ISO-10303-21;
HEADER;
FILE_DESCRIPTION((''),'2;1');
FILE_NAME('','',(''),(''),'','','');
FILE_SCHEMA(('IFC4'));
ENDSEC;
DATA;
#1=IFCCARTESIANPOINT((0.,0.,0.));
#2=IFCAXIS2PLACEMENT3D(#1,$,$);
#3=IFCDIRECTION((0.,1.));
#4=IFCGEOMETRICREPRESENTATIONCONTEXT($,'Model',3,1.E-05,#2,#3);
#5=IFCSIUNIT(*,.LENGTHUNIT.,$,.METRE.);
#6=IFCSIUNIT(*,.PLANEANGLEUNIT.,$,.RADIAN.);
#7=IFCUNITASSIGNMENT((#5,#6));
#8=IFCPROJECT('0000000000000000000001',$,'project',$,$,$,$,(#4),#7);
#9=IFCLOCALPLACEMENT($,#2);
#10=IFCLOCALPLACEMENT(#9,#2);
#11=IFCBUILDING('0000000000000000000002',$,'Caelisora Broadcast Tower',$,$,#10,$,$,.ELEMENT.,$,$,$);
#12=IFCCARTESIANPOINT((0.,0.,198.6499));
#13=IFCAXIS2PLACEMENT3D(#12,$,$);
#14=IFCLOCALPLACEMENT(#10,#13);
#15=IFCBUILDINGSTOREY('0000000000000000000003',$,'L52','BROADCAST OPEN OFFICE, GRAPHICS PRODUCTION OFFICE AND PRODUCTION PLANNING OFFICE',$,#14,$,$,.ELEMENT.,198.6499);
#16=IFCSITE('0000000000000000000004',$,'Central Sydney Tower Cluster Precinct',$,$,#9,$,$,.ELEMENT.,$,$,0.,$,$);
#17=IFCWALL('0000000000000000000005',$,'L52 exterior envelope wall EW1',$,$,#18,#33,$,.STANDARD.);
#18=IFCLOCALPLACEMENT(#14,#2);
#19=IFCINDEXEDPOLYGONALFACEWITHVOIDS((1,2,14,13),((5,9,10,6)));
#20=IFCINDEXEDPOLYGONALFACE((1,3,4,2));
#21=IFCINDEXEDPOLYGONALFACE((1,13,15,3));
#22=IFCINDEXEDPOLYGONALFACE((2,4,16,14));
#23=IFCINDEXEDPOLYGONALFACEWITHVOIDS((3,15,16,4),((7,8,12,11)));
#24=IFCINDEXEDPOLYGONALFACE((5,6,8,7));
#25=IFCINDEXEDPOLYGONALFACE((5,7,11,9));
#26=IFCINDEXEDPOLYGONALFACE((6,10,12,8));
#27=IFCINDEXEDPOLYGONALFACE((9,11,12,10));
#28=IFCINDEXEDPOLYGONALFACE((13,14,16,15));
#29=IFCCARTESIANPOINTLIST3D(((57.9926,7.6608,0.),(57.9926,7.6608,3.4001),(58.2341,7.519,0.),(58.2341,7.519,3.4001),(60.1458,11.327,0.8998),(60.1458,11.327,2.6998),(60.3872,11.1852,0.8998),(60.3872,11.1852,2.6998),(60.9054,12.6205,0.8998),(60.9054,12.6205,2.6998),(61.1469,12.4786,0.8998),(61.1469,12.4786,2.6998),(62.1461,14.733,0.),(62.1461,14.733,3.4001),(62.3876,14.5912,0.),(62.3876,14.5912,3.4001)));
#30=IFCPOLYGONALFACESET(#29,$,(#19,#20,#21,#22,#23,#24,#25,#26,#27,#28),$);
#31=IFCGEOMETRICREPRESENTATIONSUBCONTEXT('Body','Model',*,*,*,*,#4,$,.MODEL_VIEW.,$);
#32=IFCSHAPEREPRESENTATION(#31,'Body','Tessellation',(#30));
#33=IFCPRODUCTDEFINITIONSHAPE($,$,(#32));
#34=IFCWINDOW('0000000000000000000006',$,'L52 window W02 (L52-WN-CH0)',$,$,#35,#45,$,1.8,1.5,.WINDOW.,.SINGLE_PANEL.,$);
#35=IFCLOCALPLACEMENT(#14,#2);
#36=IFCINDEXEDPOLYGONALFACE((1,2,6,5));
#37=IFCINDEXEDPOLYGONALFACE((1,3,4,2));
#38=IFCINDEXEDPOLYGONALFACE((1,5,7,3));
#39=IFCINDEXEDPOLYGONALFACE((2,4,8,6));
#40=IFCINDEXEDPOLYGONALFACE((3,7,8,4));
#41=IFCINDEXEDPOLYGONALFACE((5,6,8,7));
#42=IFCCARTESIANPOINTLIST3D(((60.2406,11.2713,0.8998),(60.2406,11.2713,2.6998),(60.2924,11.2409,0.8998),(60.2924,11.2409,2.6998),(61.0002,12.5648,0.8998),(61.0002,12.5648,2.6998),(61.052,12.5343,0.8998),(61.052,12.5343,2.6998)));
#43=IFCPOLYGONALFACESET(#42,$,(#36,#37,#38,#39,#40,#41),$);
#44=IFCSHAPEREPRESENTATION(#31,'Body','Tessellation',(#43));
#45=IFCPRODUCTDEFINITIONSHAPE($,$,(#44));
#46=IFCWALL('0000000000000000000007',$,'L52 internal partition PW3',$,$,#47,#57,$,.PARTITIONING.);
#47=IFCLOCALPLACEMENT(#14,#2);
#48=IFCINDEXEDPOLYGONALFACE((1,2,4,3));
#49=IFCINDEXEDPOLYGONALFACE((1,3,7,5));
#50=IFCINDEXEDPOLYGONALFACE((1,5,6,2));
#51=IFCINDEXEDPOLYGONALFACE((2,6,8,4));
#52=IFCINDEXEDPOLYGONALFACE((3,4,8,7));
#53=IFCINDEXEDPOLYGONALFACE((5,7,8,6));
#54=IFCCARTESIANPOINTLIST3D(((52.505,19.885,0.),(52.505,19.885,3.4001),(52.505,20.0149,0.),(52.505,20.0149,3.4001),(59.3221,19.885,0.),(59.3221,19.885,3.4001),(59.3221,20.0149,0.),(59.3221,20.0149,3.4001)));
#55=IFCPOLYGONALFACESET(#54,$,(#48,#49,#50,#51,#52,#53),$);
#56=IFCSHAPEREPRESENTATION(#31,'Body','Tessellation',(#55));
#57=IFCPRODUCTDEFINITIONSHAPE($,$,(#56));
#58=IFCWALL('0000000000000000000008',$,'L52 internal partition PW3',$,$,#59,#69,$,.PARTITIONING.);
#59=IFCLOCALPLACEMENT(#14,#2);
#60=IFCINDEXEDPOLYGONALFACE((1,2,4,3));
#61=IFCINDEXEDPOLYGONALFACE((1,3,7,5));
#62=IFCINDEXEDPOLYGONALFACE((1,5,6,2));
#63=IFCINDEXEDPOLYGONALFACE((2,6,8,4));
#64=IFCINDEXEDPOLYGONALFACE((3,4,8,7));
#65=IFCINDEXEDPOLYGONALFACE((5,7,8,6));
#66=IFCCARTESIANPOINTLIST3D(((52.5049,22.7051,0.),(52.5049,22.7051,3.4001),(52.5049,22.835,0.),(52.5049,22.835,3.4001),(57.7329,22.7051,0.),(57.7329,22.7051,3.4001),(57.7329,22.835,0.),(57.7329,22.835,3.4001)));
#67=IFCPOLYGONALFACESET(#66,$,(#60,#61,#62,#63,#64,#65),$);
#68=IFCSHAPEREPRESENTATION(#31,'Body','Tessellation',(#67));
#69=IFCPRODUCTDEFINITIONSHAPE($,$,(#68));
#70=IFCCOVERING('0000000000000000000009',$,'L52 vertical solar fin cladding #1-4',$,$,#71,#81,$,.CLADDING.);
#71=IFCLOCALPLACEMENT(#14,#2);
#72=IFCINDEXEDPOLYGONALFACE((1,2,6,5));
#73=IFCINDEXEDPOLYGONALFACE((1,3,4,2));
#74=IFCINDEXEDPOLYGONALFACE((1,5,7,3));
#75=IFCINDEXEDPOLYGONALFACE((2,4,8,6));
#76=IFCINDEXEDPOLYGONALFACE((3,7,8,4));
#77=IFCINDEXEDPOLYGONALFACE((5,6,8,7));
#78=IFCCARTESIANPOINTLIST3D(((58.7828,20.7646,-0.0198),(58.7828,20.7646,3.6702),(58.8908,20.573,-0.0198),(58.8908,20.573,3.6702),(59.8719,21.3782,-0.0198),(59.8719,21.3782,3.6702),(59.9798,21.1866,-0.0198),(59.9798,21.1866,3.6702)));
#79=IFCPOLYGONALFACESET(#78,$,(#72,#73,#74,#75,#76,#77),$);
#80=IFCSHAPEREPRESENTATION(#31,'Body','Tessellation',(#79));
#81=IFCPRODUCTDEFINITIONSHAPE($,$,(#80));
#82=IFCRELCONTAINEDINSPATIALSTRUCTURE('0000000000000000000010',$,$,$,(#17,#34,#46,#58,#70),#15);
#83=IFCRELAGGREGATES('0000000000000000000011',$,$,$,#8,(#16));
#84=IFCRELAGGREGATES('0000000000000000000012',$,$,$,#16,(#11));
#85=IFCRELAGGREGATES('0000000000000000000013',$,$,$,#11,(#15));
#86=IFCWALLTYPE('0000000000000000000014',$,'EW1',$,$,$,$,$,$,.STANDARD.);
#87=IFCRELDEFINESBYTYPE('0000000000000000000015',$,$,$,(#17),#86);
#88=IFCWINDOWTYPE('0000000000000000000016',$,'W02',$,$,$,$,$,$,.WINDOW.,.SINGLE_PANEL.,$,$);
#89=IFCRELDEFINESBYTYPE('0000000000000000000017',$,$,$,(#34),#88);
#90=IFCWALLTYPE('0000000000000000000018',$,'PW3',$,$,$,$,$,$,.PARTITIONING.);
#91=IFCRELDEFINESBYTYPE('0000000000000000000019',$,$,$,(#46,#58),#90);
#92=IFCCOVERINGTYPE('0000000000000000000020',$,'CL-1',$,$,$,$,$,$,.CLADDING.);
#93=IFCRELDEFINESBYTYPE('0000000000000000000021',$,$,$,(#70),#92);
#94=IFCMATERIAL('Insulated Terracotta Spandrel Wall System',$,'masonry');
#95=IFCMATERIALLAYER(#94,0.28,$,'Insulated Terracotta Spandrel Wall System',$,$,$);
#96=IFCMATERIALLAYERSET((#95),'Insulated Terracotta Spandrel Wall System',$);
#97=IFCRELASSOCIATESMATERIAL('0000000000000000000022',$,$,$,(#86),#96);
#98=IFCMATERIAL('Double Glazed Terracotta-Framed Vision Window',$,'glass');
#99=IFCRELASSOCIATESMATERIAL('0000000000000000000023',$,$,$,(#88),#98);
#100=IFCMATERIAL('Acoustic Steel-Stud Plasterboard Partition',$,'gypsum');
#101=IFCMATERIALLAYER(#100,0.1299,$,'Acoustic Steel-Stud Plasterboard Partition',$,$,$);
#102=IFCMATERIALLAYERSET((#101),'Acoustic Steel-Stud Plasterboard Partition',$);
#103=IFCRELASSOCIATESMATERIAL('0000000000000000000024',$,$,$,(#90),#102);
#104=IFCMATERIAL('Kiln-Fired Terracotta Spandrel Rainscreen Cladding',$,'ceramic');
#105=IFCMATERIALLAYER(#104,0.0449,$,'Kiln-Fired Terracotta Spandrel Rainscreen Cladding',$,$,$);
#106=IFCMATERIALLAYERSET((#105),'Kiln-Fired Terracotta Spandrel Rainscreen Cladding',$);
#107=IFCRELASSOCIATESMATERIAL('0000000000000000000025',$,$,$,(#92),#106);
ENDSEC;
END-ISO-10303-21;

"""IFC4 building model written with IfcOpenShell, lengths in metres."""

from ifc_helpers import new_model, si_unit, direction, frame, frame_2d, origin, origin_2d, place, context, subcontext, project, spatial, rectangle, extrude, source, transform, mapped, material, layer, layer_set, type_object, type_shapes, element, fill, save


model = new_model("IFC4")

# Units and contexts
model_context = context("Model", 3, precision=1e-05, world=origin(), true_north=direction((0.0, 1.0)))
body_context = subcontext(model_context, "Body", "Model", "MODEL_VIEW")
ifc_project = project(units=[si_unit("LENGTHUNIT", "METRE"), si_unit("PLANEANGLEUNIT", "RADIAN")], contexts=[model_context])

# Site, building, storey
site_placement = place(None, origin())
site = spatial("IfcSite", under=ifc_project, at=site_placement, Name="Central Sydney Tower Cluster Precinct", CompositionType="ELEMENT", RefElevation=0.0)
building_placement = place(site_placement, origin())
building = spatial("IfcBuilding", under=site, at=building_placement, Name="Caelisora Broadcast Tower", CompositionType="ELEMENT")
storey_placement = place(building_placement, frame((0.0, 0.0, 198.6499)))
storey = spatial("IfcBuildingStorey", under=building, at=storey_placement, Name="L52", Description="BROADCAST OPEN OFFICE, GRAPHICS PRODUCTION OFFICE AND PRODUCTION PLANNING OFFICE", CompositionType="ELEMENT", Elevation=198.6499)

# Wall, opening, window
ifc_material_1 = material(Name="Insulated Terracotta Spandrel Wall System", Category="masonry")
ifc_layer_1 = layer(ifc_material_1, 0.28, Name="Insulated Terracotta Spandrel Wall System")
ifc_layer_set_1 = layer_set([ifc_layer_1], Name="Insulated Terracotta Spandrel Wall System")
wall_type_1 = type_object("IfcWallType", Name="EW1", PredefinedType="STANDARD", material=ifc_layer_set_1)
wall_1_placement = place(storey_placement, frame((62.2668, 14.6621, 0.0), z_axis=(0.0, 0.0, 1.0), x_axis=(-0.506423, -0.862285, 0.0)))
wall_1 = element("IfcWall", 1, at=wall_1_placement, inside=storey, type_object=wall_type_1, Name="L52 exterior envelope wall EW1", PredefinedType="STANDARD", context=body_context, shape_type="SweptSolid", body=[
    extrude(rectangle(XDim=8.2017, YDim=0.28, at=frame_2d((4.1008, 0.0))), origin(), (0.0, 0.0, 1.0), 3.4001),
])
opening_placement = place(wall_1_placement, frame((2.45, 0.0, 0.8999)))
opening = element("IfcOpeningElement", 2, at=opening_placement, cuts=wall_1, PredefinedType="OPENING", context=body_context, shape_type="SweptSolid", body=[
    extrude(rectangle(XDim=1.5, YDim=1.8, at=frame_2d((0.75, 0.8999))), frame((0.0, 0.1521, 0.0), z_axis=(0.0, -1.0, 0.0), x_axis=(1.0, 0.0, 0.0)), (0.0, 0.0, 1.0), 0.304),
])
ifc_material_2 = material(Name="Double Glazed Terracotta-Framed Vision Window", Category="glass")
window_type = type_object("IfcWindowType", Name="W02", PartitioningType="SINGLE_PANEL", PredefinedType="WINDOW", material=ifc_material_2)
window_placement = place(opening_placement, origin())
window = element("IfcWindow", 3, at=window_placement, inside=storey, type_object=window_type, Name="L52 window W02 (L52-WN-CH0)", OverallHeight=1.8, OverallWidth=1.5, PartitioningType="SINGLE_PANEL", PredefinedType="WINDOW", context=body_context, shape_type="SweptSolid", body=[
    extrude(rectangle(XDim=1.5, YDim=1.8, at=frame_2d((0.75, 0.8999))), frame((0.0, 0.03, 0.0), z_axis=(0.0, -1.0, 0.0), x_axis=(1.0, 0.0, 0.0)), (0.0, 0.0, 1.0), 0.0601),
])
fill(opening, window)

# Walls
ifc_material_3 = material(Name="Acoustic Steel-Stud Plasterboard Partition", Category="gypsum")
ifc_layer_2 = layer(ifc_material_3, 0.1299, Name="Acoustic Steel-Stud Plasterboard Partition")
ifc_layer_set_2 = layer_set([ifc_layer_2], Name="Acoustic Steel-Stud Plasterboard Partition")
wall_type_2 = type_object("IfcWallType", Name="PW3", PredefinedType="PARTITIONING", material=ifc_layer_set_2)
wall_2_placement = place(storey_placement, frame((52.5049, 19.95, 0.0), z_axis=(0.0, 0.0, 1.0), x_axis=(1.0, 0.0, 0.0)))
element("IfcWall", 4, at=wall_2_placement, inside=storey, type_object=wall_type_2, Name="L52 internal partition PW3", PredefinedType="PARTITIONING", context=body_context, shape_type="SweptSolid", body=[
    extrude(rectangle(XDim=6.8171, YDim=0.1299, at=frame_2d((3.4087, 0.0))), origin(), (0.0, 0.0, 1.0), 3.4001),
])
wall_3_placement = place(storey_placement, frame((52.5049, 22.77, 0.0), z_axis=(0.0, 0.0, 1.0), x_axis=(1.0, 0.0, 0.0)))
element("IfcWall", 5, at=wall_3_placement, inside=storey, type_object=wall_type_2, Name="L52 internal partition PW3", PredefinedType="PARTITIONING", context=body_context, shape_type="SweptSolid", body=[
    extrude(rectangle(XDim=5.228, YDim=0.1299, at=frame_2d((2.614, 0.0))), origin(), (0.0, 0.0, 1.0), 3.4001),
])

# Covering
ifc_material_4 = material(Name="Kiln-Fired Terracotta Spandrel Rainscreen Cladding", Category="ceramic")
ifc_layer_3 = layer(ifc_material_4, 0.0449, Name="Kiln-Fired Terracotta Spandrel Rainscreen Cladding")
ifc_layer_set_3 = layer_set([ifc_layer_3], Name="Kiln-Fired Terracotta Spandrel Rainscreen Cladding")
covering_type = type_object("IfcCoveringType", Name="CL-1", PredefinedType="CLADDING", material=ifc_layer_set_3)
shared_shape_1 = source(origin(), body_context, "Body", "SweptSolid", [
    extrude(rectangle(XDim=0.22, YDim=1.25, at=origin_2d()), origin(), (0.0, 0.0, 1.0), 3.6899),
])
type_shapes(covering_type, [shared_shape_1])
covering_placement = place(storey_placement, frame((59.3813, 20.9756, -0.0198), z_axis=(0.0, 0.0, 1.0), x_axis=(0.490904, -0.871214, 0.0)))
element("IfcCovering", 6, at=covering_placement, inside=storey, type_object=covering_type, Name="L52 vertical solar fin cladding #1-4", PredefinedType="CLADDING", context=body_context, shape_type="MappedRepresentation", body=[
    mapped(shared_shape_1, transform((0.0, 0.0, 0.0), scale=1.0)),
])

save(model, "model.ifc")
